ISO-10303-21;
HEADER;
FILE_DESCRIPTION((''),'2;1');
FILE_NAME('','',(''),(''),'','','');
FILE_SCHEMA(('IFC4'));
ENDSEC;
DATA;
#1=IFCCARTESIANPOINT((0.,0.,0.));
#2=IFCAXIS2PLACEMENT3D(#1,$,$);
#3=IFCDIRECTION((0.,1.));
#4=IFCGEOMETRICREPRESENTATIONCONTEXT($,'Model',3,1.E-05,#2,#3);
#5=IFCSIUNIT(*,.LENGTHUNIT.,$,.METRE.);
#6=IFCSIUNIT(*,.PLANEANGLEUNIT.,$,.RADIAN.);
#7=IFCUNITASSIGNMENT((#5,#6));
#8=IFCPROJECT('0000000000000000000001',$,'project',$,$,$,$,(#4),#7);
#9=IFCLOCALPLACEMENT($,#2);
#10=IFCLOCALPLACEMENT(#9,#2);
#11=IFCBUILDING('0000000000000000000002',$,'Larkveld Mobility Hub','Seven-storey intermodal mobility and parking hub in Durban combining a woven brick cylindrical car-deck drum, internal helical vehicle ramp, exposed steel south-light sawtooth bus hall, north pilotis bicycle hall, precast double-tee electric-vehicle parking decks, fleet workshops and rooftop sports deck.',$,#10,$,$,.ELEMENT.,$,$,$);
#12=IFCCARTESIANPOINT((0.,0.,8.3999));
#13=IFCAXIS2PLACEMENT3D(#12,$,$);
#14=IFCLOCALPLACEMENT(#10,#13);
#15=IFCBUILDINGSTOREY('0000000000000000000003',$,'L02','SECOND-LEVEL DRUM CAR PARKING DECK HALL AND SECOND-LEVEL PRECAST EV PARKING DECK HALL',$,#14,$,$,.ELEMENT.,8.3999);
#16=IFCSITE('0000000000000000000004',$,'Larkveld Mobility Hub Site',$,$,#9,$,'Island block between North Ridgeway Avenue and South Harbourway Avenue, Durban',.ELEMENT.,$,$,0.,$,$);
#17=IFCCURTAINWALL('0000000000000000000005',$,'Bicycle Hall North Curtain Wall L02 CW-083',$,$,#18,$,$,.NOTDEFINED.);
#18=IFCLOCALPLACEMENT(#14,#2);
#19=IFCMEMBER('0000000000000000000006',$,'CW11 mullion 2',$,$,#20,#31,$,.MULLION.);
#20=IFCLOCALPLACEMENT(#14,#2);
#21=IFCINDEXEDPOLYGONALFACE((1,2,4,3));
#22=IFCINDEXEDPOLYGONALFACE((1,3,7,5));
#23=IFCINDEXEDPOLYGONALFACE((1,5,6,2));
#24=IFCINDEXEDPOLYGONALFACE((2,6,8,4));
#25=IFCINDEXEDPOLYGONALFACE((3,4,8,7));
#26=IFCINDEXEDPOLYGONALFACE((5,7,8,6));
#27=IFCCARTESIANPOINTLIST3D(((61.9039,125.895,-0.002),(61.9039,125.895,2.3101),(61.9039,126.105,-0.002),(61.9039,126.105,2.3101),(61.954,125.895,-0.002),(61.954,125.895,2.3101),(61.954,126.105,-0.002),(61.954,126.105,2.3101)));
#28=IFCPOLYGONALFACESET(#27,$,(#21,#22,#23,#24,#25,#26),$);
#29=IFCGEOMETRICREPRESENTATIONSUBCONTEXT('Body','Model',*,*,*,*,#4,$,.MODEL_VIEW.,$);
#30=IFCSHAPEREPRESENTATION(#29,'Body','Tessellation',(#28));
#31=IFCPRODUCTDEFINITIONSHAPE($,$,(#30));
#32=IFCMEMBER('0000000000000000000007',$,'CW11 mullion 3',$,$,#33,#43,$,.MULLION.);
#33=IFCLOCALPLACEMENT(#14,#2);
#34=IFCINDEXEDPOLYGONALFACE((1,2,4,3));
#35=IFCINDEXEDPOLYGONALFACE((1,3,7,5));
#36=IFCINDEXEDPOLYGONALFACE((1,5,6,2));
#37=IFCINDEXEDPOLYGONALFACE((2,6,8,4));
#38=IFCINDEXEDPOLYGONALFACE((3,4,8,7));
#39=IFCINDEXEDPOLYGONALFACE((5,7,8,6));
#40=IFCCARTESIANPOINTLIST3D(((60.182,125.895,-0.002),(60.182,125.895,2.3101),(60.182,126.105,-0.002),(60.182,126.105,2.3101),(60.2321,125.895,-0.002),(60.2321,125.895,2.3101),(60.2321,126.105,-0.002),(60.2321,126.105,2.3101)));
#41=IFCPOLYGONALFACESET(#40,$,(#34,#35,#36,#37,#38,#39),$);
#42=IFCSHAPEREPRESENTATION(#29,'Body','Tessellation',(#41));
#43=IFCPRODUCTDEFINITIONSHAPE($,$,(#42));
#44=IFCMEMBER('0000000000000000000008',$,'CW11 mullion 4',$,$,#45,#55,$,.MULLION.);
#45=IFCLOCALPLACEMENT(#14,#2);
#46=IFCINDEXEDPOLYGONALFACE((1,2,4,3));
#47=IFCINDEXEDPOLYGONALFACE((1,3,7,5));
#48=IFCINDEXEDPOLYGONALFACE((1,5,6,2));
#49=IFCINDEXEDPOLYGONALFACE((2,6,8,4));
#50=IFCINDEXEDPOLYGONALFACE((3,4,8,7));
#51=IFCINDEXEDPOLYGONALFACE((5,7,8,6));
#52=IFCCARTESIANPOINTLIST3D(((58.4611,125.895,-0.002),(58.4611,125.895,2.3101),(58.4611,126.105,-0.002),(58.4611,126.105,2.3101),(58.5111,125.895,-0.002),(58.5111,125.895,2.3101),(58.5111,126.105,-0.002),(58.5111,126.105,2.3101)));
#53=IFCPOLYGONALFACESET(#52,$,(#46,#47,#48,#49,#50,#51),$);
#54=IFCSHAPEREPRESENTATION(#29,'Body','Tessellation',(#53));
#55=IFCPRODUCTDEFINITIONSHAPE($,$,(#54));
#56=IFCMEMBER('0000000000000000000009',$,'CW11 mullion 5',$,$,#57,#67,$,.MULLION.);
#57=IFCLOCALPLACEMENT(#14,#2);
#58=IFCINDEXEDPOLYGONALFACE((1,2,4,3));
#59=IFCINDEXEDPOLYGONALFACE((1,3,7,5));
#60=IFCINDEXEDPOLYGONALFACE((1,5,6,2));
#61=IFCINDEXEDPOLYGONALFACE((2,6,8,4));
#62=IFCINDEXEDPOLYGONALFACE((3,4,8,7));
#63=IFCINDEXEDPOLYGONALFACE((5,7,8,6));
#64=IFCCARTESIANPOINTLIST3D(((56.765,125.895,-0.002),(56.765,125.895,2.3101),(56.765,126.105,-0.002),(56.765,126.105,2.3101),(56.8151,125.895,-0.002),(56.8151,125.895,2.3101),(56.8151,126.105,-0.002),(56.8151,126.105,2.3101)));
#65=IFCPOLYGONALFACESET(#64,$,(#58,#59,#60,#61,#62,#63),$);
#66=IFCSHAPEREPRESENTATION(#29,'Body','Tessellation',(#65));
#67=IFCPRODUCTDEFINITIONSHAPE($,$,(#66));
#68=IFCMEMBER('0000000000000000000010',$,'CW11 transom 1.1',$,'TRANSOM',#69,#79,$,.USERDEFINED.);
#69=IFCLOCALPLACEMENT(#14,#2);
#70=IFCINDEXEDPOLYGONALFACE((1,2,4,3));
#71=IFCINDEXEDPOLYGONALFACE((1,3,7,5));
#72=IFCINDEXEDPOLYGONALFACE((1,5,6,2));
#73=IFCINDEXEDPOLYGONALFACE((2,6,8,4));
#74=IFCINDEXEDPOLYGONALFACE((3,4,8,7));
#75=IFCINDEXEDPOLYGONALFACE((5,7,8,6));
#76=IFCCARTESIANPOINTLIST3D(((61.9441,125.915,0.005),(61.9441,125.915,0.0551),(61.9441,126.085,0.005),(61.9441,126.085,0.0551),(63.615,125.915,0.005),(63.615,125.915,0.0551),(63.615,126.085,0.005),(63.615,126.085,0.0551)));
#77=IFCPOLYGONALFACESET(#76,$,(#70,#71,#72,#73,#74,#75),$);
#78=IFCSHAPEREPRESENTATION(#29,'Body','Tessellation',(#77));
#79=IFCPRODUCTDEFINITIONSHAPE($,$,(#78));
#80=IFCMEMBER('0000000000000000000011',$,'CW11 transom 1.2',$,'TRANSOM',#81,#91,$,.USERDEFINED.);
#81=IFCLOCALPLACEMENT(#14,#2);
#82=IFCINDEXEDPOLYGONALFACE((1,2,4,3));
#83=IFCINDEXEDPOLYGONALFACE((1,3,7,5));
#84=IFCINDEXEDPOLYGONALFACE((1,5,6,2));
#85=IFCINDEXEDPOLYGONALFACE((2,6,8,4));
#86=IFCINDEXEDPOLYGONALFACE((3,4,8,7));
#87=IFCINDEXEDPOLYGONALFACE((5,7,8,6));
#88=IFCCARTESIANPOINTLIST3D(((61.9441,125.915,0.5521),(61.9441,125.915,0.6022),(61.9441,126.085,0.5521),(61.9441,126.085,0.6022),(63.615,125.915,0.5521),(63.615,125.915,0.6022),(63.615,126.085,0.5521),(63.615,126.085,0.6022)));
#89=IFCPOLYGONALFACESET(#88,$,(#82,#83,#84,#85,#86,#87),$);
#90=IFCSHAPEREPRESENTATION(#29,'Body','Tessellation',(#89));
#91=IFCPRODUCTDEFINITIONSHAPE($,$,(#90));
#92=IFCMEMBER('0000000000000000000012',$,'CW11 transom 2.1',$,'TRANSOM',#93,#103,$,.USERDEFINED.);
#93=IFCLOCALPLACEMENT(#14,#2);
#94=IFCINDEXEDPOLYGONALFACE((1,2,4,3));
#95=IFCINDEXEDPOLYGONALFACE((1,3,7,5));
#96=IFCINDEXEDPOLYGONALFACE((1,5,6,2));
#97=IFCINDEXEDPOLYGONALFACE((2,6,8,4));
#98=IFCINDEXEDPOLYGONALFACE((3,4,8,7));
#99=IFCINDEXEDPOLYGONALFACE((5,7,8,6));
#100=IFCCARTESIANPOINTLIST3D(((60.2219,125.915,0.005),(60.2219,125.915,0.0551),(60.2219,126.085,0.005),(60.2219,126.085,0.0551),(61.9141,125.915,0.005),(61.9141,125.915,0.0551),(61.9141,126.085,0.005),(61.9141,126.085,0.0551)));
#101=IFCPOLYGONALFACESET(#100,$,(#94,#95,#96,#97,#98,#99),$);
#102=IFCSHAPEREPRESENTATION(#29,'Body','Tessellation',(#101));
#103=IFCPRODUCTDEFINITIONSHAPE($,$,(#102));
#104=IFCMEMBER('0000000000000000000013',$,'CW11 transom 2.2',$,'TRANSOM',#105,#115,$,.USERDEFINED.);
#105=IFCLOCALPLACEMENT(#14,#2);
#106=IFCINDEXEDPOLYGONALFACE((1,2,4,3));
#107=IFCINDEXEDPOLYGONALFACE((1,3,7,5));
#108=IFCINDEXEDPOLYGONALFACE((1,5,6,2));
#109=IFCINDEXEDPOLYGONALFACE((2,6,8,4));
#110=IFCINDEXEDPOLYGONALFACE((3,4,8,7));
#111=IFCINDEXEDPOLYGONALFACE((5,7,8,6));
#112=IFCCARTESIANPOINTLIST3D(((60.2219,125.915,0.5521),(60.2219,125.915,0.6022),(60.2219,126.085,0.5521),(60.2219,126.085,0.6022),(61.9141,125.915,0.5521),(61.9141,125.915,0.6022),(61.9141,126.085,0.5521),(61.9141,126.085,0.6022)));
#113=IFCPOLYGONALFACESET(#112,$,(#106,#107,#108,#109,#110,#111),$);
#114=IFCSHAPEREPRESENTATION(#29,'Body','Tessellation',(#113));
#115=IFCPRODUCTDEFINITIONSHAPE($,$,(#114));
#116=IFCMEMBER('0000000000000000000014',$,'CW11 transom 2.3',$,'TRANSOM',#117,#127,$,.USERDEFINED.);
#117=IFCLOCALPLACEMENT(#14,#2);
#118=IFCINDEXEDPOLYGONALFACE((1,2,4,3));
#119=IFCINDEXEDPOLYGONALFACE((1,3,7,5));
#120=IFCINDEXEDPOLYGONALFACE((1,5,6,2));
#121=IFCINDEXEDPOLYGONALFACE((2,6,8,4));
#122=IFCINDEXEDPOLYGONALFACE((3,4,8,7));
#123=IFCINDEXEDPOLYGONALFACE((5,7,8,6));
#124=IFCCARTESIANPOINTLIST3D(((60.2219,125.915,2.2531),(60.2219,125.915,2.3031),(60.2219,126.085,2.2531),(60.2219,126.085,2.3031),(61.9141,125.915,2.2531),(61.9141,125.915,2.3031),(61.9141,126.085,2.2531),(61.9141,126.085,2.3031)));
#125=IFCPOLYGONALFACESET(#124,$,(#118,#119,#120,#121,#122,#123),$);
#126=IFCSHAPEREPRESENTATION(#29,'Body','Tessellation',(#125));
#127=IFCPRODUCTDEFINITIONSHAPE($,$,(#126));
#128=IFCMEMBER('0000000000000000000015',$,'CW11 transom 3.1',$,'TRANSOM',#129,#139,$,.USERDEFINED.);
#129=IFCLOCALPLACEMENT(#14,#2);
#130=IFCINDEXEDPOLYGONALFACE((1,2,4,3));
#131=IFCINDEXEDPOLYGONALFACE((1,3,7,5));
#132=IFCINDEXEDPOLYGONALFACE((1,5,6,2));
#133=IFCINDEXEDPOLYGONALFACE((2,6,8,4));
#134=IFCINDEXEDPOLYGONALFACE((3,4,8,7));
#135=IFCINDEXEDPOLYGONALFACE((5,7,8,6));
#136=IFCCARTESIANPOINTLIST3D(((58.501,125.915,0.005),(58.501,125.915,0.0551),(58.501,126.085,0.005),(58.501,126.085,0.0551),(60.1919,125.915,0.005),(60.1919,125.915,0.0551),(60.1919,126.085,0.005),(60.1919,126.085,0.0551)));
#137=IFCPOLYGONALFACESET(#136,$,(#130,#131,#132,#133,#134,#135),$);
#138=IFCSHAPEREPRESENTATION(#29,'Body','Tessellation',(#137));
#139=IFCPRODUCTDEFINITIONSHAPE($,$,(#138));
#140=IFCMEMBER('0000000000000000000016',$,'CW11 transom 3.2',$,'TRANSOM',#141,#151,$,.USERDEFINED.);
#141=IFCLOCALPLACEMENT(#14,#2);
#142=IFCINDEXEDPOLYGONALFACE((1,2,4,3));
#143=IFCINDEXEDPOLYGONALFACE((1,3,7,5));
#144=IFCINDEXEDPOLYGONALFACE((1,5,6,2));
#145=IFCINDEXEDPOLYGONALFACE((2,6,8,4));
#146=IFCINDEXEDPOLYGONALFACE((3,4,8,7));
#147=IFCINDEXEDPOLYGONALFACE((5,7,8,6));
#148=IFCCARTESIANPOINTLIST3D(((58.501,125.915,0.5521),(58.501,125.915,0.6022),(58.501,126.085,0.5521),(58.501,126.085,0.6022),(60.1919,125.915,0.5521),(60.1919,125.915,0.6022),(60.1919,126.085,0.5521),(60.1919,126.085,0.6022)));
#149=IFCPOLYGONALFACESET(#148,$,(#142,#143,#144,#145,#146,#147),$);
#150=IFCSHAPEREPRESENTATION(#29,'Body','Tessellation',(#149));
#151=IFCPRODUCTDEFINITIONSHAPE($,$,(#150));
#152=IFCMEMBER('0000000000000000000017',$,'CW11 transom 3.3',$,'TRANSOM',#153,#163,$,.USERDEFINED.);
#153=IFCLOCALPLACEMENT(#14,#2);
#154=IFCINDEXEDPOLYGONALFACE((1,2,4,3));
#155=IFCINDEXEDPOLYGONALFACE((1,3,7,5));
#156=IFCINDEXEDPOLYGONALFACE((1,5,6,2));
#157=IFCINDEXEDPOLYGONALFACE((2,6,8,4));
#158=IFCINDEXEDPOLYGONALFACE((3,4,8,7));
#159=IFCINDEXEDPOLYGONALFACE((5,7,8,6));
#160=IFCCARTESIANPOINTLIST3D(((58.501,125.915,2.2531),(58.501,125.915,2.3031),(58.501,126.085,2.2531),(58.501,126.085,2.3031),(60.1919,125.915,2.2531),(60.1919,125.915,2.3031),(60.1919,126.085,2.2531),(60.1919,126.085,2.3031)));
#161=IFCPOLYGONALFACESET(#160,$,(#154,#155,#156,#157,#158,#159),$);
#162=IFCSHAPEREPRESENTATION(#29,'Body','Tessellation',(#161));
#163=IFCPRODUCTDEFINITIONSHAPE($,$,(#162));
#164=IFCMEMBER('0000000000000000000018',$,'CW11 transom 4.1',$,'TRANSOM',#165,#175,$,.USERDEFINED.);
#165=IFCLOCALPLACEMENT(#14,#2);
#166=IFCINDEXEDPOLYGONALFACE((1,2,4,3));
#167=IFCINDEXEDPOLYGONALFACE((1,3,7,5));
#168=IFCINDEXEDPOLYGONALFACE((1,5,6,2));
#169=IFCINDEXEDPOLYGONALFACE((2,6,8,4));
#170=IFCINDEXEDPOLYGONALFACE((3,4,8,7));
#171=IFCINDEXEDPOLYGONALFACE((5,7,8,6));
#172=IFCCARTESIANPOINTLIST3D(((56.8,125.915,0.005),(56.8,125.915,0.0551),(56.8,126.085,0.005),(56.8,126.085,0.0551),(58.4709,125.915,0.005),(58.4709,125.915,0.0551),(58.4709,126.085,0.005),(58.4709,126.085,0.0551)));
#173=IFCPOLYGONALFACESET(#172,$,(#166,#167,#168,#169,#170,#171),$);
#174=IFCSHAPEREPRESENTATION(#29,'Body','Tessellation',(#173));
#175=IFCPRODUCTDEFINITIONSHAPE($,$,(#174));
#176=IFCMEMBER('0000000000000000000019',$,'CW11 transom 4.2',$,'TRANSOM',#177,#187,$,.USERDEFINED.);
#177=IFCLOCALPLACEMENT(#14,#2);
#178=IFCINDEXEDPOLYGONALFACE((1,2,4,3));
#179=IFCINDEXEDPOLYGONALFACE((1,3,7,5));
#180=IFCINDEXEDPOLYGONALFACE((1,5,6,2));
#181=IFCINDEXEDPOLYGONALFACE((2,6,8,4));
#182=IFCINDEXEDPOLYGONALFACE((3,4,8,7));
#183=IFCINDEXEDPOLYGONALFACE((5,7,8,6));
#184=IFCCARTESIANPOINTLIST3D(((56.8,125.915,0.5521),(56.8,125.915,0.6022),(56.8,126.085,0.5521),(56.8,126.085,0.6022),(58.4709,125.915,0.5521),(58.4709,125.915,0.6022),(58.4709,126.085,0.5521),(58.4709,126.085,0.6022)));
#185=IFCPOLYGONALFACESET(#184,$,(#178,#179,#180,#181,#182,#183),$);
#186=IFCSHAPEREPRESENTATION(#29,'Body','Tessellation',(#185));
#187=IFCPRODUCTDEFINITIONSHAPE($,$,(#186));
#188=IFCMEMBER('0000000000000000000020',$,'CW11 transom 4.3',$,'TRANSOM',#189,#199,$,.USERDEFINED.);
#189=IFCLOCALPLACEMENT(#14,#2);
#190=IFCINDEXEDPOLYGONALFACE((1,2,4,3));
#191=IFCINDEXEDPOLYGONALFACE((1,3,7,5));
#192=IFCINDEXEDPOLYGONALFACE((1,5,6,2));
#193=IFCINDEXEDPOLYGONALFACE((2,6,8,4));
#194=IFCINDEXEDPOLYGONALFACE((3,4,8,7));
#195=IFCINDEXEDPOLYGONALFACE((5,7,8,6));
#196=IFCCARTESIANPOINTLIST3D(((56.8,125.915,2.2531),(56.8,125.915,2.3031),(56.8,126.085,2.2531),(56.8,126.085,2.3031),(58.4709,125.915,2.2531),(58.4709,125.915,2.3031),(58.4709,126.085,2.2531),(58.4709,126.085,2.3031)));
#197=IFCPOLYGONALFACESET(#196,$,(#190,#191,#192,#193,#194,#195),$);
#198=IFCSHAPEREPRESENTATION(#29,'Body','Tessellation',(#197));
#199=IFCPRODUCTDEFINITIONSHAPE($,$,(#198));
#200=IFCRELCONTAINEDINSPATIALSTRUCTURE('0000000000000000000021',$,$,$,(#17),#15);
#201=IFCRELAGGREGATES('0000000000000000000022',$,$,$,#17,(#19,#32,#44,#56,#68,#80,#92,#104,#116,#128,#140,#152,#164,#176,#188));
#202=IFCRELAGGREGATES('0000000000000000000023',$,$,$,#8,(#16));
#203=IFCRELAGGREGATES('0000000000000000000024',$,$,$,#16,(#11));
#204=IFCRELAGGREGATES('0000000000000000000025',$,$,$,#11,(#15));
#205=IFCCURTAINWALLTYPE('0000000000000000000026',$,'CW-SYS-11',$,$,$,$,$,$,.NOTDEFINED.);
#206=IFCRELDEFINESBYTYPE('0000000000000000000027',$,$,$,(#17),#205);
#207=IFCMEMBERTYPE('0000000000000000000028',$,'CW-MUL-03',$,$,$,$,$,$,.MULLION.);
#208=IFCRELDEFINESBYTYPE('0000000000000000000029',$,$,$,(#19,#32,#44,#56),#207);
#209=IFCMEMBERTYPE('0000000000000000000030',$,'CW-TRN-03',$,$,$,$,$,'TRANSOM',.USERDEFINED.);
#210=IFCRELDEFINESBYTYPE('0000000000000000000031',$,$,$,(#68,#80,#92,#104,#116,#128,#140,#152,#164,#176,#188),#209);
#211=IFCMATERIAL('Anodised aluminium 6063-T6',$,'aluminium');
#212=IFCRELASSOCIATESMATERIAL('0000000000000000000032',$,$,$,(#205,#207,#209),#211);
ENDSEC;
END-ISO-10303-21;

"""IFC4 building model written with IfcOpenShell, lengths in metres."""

from ifc_helpers import new_model, si_unit, direction, frame, origin, origin_2d, place, context, subcontext, project, spatial, rectangle, extrude, material, material_profile, profile_set, type_object, element, aggregate, save


model = new_model("IFC4")

# Units and contexts
model_context = context("Model", 3, precision=1e-05, world=origin(), true_north=direction((0.0, 1.0)))
body_context = subcontext(model_context, "Body", "Model", "MODEL_VIEW")
ifc_project = project(units=[si_unit("LENGTHUNIT", "METRE"), si_unit("PLANEANGLEUNIT", "RADIAN")], contexts=[model_context])

# Site, building, storey
site_placement = place(None, origin())
site = spatial("IfcSite", under=ifc_project, at=site_placement, Name="Larkveld Mobility Hub Site", LongName="Island block between North Ridgeway Avenue and South Harbourway Avenue, Durban", CompositionType="ELEMENT", RefElevation=0.0)
building_placement = place(site_placement, origin())
building = spatial("IfcBuilding", under=site, at=building_placement, Name="Larkveld Mobility Hub", Description="Seven-storey intermodal mobility and parking hub in Durban combining a woven brick cylindrical car-deck drum, internal helical vehicle ramp, exposed steel south-light sawtooth bus hall, north pilotis bicycle hall, precast double-tee electric-vehicle parking decks, fleet workshops and rooftop sports deck.", CompositionType="ELEMENT")
storey_placement = place(building_placement, frame((0.0, 0.0, 8.3999)))
storey = spatial("IfcBuildingStorey", under=building, at=storey_placement, Name="L02", Description="SECOND-LEVEL DRUM CAR PARKING DECK HALL AND SECOND-LEVEL PRECAST EV PARKING DECK HALL", CompositionType="ELEMENT", Elevation=8.3999)

# Curtain wall, members
ifc_material_1 = material(Name="Anodised aluminium 6063-T6", Category="aluminium")
curtain_wall_type = type_object("IfcCurtainWallType", Name="CW-SYS-11", PredefinedType="NOTDEFINED", material=ifc_material_1)
curtain_wall_placement = place(storey_placement, origin())
curtain_wall = element("IfcCurtainWall", 1, at=curtain_wall_placement, inside=storey, type_object=curtain_wall_type, Name="Bicycle Hall North Curtain Wall L02 CW-083", PredefinedType="NOTDEFINED")
ifc_material_profile_1 = material_profile(ifc_material_1, rectangle(XDim=0.05, YDim=0.21, at=origin_2d()), Name="ALU MULL 50x210")
ifc_profile_set_1 = profile_set([ifc_material_profile_1], Name="Anodised aluminium 6063-T6")
member_type_1 = type_object("IfcMemberType", Name="CW-MUL-03", PredefinedType="MULLION", material=ifc_profile_set_1)
member_1_placement = place(storey_placement, frame((61.929, 126.0, -0.002), z_axis=(0.0, 0.0, 1.0), x_axis=(-1.0, 0.0, 0.0)))
member_1 = element("IfcMember", 2, at=member_1_placement, type_object=member_type_1, Name="CW11 mullion 2", PredefinedType="MULLION", context=body_context, shape_type="SweptSolid", body=[
    extrude(rectangle(XDim=0.05, YDim=0.21, at=origin_2d()), origin(), (0.0, 0.0, 1.0), 2.312),
])
member_2_placement = place(storey_placement, frame((60.207, 126.0, -0.002), z_axis=(0.0, 0.0, 1.0), x_axis=(-1.0, 0.0, 0.0)))
member_2 = element("IfcMember", 3, at=member_2_placement, type_object=member_type_1, Name="CW11 mullion 3", PredefinedType="MULLION", context=body_context, shape_type="SweptSolid", body=[
    extrude(rectangle(XDim=0.05, YDim=0.21, at=origin_2d()), origin(), (0.0, 0.0, 1.0), 2.312),
])
member_3_placement = place(storey_placement, frame((58.4861, 126.0, -0.002), z_axis=(0.0, 0.0, 1.0), x_axis=(-1.0, 0.0, 0.0)))
member_3 = element("IfcMember", 4, at=member_3_placement, type_object=member_type_1, Name="CW11 mullion 4", PredefinedType="MULLION", context=body_context, shape_type="SweptSolid", body=[
    extrude(rectangle(XDim=0.05, YDim=0.21, at=origin_2d()), origin(), (0.0, 0.0, 1.0), 2.312),
])
member_4_placement = place(storey_placement, frame((56.79, 126.0, -0.002), z_axis=(0.0, 0.0, 1.0), x_axis=(-1.0, 0.0, 0.0)))
member_4 = element("IfcMember", 5, at=member_4_placement, type_object=member_type_1, Name="CW11 mullion 5", PredefinedType="MULLION", context=body_context, shape_type="SweptSolid", body=[
    extrude(rectangle(XDim=0.05, YDim=0.21, at=origin_2d()), origin(), (0.0, 0.0, 1.0), 2.312),
])
ifc_material_profile_2 = material_profile(ifc_material_1, rectangle(XDim=0.1699, YDim=0.05, at=origin_2d()), Name="ALU TRAN 50x170")
ifc_profile_set_2 = profile_set([ifc_material_profile_2], Name="Anodised aluminium 6063-T6")
member_type_2 = type_object("IfcMemberType", Name="CW-TRN-03", ElementType="TRANSOM", PredefinedType="USERDEFINED", material=ifc_profile_set_2)
member_5_placement = place(storey_placement, frame((63.615, 126.0, 0.03), z_axis=(-1.0, 0.0, 0.0), x_axis=(0.0, -1.0, 0.0)))
member_5 = element("IfcMember", 6, at=member_5_placement, type_object=member_type_2, Name="CW11 transom 1.1", ObjectType="TRANSOM", PredefinedType="USERDEFINED", context=body_context, shape_type="SweptSolid", body=[
    extrude(rectangle(XDim=0.1699, YDim=0.05, at=origin_2d()), origin(), (0.0, 0.0, 1.0), 1.6709),
])
member_6_placement = place(storey_placement, frame((63.615, 126.0, 0.5771), z_axis=(-1.0, 0.0, 0.0), x_axis=(0.0, -1.0, 0.0)))
member_6 = element("IfcMember", 7, at=member_6_placement, type_object=member_type_2, Name="CW11 transom 1.2", ObjectType="TRANSOM", PredefinedType="USERDEFINED", context=body_context, shape_type="SweptSolid", body=[
    extrude(rectangle(XDim=0.1699, YDim=0.05, at=origin_2d()), origin(), (0.0, 0.0, 1.0), 1.6709),
])
member_7_placement = place(storey_placement, frame((61.9141, 126.0, 0.03), z_axis=(-1.0, 0.0, 0.0), x_axis=(0.0, -1.0, 0.0)))
member_7 = element("IfcMember", 8, at=member_7_placement, type_object=member_type_2, Name="CW11 transom 2.1", ObjectType="TRANSOM", PredefinedType="USERDEFINED", context=body_context, shape_type="SweptSolid", body=[
    extrude(rectangle(XDim=0.1699, YDim=0.05, at=origin_2d()), origin(), (0.0, 0.0, 1.0), 1.6921),
])
member_8_placement = place(storey_placement, frame((61.9141, 126.0, 0.5771), z_axis=(-1.0, 0.0, 0.0), x_axis=(0.0, -1.0, 0.0)))
member_8 = element("IfcMember", 9, at=member_8_placement, type_object=member_type_2, Name="CW11 transom 2.2", ObjectType="TRANSOM", PredefinedType="USERDEFINED", context=body_context, shape_type="SweptSolid", body=[
    extrude(rectangle(XDim=0.1699, YDim=0.05, at=origin_2d()), origin(), (0.0, 0.0, 1.0), 1.6921),
])
member_9_placement = place(storey_placement, frame((61.9141, 126.0, 2.2781), z_axis=(-1.0, 0.0, 0.0), x_axis=(0.0, -1.0, 0.0)))
member_9 = element("IfcMember", 10, at=member_9_placement, type_object=member_type_2, Name="CW11 transom 2.3", ObjectType="TRANSOM", PredefinedType="USERDEFINED", context=body_context, shape_type="SweptSolid", body=[
    extrude(rectangle(XDim=0.1699, YDim=0.05, at=origin_2d()), origin(), (0.0, 0.0, 1.0), 1.6921),
])
member_10_placement = place(storey_placement, frame((60.1919, 126.0, 0.03), z_axis=(-1.0, 0.0, 0.0), x_axis=(0.0, -1.0, 0.0)))
member_10 = element("IfcMember", 11, at=member_10_placement, type_object=member_type_2, Name="CW11 transom 3.1", ObjectType="TRANSOM", PredefinedType="USERDEFINED", context=body_context, shape_type="SweptSolid", body=[
    extrude(rectangle(XDim=0.1699, YDim=0.05, at=origin_2d()), origin(), (0.0, 0.0, 1.0), 1.6909),
])
member_11_placement = place(storey_placement, frame((60.1919, 126.0, 0.5771), z_axis=(-1.0, 0.0, 0.0), x_axis=(0.0, -1.0, 0.0)))
member_11 = element("IfcMember", 12, at=member_11_placement, type_object=member_type_2, Name="CW11 transom 3.2", ObjectType="TRANSOM", PredefinedType="USERDEFINED", context=body_context, shape_type="SweptSolid", body=[
    extrude(rectangle(XDim=0.1699, YDim=0.05, at=origin_2d()), origin(), (0.0, 0.0, 1.0), 1.6909),
])
member_12_placement = place(storey_placement, frame((60.1919, 126.0, 2.2781), z_axis=(-1.0, 0.0, 0.0), x_axis=(0.0, -1.0, 0.0)))
member_12 = element("IfcMember", 13, at=member_12_placement, type_object=member_type_2, Name="CW11 transom 3.3", ObjectType="TRANSOM", PredefinedType="USERDEFINED", context=body_context, shape_type="SweptSolid", body=[
    extrude(rectangle(XDim=0.1699, YDim=0.05, at=origin_2d()), origin(), (0.0, 0.0, 1.0), 1.6909),
])
member_13_placement = place(storey_placement, frame((58.4709, 126.0, 0.03), z_axis=(-1.0, 0.0, 0.0), x_axis=(0.0, -1.0, 0.0)))
member_13 = element("IfcMember", 14, at=member_13_placement, type_object=member_type_2, Name="CW11 transom 4.1", ObjectType="TRANSOM", PredefinedType="USERDEFINED", context=body_context, shape_type="SweptSolid", body=[
    extrude(rectangle(XDim=0.1699, YDim=0.05, at=origin_2d()), origin(), (0.0, 0.0, 1.0), 1.6709),
])
member_14_placement = place(storey_placement, frame((58.4709, 126.0, 0.5771), z_axis=(-1.0, 0.0, 0.0), x_axis=(0.0, -1.0, 0.0)))
member_14 = element("IfcMember", 15, at=member_14_placement, type_object=member_type_2, Name="CW11 transom 4.2", ObjectType="TRANSOM", PredefinedType="USERDEFINED", context=body_context, shape_type="SweptSolid", body=[
    extrude(rectangle(XDim=0.1699, YDim=0.05, at=origin_2d()), origin(), (0.0, 0.0, 1.0), 1.6709),
])
member_15_placement = place(storey_placement, frame((58.4709, 126.0, 2.2781), z_axis=(-1.0, 0.0, 0.0), x_axis=(0.0, -1.0, 0.0)))
member_15 = element("IfcMember", 16, at=member_15_placement, type_object=member_type_2, Name="CW11 transom 4.3", ObjectType="TRANSOM", PredefinedType="USERDEFINED", context=body_context, shape_type="SweptSolid", body=[
    extrude(rectangle(XDim=0.1699, YDim=0.05, at=origin_2d()), origin(), (0.0, 0.0, 1.0), 1.6709),
])
aggregate(curtain_wall, [member_1, member_2, member_3, member_4, member_5, member_6, member_7, member_8, member_9, member_10, member_11, member_12, member_13, member_14, member_15])

save(model, "model.ifc")
